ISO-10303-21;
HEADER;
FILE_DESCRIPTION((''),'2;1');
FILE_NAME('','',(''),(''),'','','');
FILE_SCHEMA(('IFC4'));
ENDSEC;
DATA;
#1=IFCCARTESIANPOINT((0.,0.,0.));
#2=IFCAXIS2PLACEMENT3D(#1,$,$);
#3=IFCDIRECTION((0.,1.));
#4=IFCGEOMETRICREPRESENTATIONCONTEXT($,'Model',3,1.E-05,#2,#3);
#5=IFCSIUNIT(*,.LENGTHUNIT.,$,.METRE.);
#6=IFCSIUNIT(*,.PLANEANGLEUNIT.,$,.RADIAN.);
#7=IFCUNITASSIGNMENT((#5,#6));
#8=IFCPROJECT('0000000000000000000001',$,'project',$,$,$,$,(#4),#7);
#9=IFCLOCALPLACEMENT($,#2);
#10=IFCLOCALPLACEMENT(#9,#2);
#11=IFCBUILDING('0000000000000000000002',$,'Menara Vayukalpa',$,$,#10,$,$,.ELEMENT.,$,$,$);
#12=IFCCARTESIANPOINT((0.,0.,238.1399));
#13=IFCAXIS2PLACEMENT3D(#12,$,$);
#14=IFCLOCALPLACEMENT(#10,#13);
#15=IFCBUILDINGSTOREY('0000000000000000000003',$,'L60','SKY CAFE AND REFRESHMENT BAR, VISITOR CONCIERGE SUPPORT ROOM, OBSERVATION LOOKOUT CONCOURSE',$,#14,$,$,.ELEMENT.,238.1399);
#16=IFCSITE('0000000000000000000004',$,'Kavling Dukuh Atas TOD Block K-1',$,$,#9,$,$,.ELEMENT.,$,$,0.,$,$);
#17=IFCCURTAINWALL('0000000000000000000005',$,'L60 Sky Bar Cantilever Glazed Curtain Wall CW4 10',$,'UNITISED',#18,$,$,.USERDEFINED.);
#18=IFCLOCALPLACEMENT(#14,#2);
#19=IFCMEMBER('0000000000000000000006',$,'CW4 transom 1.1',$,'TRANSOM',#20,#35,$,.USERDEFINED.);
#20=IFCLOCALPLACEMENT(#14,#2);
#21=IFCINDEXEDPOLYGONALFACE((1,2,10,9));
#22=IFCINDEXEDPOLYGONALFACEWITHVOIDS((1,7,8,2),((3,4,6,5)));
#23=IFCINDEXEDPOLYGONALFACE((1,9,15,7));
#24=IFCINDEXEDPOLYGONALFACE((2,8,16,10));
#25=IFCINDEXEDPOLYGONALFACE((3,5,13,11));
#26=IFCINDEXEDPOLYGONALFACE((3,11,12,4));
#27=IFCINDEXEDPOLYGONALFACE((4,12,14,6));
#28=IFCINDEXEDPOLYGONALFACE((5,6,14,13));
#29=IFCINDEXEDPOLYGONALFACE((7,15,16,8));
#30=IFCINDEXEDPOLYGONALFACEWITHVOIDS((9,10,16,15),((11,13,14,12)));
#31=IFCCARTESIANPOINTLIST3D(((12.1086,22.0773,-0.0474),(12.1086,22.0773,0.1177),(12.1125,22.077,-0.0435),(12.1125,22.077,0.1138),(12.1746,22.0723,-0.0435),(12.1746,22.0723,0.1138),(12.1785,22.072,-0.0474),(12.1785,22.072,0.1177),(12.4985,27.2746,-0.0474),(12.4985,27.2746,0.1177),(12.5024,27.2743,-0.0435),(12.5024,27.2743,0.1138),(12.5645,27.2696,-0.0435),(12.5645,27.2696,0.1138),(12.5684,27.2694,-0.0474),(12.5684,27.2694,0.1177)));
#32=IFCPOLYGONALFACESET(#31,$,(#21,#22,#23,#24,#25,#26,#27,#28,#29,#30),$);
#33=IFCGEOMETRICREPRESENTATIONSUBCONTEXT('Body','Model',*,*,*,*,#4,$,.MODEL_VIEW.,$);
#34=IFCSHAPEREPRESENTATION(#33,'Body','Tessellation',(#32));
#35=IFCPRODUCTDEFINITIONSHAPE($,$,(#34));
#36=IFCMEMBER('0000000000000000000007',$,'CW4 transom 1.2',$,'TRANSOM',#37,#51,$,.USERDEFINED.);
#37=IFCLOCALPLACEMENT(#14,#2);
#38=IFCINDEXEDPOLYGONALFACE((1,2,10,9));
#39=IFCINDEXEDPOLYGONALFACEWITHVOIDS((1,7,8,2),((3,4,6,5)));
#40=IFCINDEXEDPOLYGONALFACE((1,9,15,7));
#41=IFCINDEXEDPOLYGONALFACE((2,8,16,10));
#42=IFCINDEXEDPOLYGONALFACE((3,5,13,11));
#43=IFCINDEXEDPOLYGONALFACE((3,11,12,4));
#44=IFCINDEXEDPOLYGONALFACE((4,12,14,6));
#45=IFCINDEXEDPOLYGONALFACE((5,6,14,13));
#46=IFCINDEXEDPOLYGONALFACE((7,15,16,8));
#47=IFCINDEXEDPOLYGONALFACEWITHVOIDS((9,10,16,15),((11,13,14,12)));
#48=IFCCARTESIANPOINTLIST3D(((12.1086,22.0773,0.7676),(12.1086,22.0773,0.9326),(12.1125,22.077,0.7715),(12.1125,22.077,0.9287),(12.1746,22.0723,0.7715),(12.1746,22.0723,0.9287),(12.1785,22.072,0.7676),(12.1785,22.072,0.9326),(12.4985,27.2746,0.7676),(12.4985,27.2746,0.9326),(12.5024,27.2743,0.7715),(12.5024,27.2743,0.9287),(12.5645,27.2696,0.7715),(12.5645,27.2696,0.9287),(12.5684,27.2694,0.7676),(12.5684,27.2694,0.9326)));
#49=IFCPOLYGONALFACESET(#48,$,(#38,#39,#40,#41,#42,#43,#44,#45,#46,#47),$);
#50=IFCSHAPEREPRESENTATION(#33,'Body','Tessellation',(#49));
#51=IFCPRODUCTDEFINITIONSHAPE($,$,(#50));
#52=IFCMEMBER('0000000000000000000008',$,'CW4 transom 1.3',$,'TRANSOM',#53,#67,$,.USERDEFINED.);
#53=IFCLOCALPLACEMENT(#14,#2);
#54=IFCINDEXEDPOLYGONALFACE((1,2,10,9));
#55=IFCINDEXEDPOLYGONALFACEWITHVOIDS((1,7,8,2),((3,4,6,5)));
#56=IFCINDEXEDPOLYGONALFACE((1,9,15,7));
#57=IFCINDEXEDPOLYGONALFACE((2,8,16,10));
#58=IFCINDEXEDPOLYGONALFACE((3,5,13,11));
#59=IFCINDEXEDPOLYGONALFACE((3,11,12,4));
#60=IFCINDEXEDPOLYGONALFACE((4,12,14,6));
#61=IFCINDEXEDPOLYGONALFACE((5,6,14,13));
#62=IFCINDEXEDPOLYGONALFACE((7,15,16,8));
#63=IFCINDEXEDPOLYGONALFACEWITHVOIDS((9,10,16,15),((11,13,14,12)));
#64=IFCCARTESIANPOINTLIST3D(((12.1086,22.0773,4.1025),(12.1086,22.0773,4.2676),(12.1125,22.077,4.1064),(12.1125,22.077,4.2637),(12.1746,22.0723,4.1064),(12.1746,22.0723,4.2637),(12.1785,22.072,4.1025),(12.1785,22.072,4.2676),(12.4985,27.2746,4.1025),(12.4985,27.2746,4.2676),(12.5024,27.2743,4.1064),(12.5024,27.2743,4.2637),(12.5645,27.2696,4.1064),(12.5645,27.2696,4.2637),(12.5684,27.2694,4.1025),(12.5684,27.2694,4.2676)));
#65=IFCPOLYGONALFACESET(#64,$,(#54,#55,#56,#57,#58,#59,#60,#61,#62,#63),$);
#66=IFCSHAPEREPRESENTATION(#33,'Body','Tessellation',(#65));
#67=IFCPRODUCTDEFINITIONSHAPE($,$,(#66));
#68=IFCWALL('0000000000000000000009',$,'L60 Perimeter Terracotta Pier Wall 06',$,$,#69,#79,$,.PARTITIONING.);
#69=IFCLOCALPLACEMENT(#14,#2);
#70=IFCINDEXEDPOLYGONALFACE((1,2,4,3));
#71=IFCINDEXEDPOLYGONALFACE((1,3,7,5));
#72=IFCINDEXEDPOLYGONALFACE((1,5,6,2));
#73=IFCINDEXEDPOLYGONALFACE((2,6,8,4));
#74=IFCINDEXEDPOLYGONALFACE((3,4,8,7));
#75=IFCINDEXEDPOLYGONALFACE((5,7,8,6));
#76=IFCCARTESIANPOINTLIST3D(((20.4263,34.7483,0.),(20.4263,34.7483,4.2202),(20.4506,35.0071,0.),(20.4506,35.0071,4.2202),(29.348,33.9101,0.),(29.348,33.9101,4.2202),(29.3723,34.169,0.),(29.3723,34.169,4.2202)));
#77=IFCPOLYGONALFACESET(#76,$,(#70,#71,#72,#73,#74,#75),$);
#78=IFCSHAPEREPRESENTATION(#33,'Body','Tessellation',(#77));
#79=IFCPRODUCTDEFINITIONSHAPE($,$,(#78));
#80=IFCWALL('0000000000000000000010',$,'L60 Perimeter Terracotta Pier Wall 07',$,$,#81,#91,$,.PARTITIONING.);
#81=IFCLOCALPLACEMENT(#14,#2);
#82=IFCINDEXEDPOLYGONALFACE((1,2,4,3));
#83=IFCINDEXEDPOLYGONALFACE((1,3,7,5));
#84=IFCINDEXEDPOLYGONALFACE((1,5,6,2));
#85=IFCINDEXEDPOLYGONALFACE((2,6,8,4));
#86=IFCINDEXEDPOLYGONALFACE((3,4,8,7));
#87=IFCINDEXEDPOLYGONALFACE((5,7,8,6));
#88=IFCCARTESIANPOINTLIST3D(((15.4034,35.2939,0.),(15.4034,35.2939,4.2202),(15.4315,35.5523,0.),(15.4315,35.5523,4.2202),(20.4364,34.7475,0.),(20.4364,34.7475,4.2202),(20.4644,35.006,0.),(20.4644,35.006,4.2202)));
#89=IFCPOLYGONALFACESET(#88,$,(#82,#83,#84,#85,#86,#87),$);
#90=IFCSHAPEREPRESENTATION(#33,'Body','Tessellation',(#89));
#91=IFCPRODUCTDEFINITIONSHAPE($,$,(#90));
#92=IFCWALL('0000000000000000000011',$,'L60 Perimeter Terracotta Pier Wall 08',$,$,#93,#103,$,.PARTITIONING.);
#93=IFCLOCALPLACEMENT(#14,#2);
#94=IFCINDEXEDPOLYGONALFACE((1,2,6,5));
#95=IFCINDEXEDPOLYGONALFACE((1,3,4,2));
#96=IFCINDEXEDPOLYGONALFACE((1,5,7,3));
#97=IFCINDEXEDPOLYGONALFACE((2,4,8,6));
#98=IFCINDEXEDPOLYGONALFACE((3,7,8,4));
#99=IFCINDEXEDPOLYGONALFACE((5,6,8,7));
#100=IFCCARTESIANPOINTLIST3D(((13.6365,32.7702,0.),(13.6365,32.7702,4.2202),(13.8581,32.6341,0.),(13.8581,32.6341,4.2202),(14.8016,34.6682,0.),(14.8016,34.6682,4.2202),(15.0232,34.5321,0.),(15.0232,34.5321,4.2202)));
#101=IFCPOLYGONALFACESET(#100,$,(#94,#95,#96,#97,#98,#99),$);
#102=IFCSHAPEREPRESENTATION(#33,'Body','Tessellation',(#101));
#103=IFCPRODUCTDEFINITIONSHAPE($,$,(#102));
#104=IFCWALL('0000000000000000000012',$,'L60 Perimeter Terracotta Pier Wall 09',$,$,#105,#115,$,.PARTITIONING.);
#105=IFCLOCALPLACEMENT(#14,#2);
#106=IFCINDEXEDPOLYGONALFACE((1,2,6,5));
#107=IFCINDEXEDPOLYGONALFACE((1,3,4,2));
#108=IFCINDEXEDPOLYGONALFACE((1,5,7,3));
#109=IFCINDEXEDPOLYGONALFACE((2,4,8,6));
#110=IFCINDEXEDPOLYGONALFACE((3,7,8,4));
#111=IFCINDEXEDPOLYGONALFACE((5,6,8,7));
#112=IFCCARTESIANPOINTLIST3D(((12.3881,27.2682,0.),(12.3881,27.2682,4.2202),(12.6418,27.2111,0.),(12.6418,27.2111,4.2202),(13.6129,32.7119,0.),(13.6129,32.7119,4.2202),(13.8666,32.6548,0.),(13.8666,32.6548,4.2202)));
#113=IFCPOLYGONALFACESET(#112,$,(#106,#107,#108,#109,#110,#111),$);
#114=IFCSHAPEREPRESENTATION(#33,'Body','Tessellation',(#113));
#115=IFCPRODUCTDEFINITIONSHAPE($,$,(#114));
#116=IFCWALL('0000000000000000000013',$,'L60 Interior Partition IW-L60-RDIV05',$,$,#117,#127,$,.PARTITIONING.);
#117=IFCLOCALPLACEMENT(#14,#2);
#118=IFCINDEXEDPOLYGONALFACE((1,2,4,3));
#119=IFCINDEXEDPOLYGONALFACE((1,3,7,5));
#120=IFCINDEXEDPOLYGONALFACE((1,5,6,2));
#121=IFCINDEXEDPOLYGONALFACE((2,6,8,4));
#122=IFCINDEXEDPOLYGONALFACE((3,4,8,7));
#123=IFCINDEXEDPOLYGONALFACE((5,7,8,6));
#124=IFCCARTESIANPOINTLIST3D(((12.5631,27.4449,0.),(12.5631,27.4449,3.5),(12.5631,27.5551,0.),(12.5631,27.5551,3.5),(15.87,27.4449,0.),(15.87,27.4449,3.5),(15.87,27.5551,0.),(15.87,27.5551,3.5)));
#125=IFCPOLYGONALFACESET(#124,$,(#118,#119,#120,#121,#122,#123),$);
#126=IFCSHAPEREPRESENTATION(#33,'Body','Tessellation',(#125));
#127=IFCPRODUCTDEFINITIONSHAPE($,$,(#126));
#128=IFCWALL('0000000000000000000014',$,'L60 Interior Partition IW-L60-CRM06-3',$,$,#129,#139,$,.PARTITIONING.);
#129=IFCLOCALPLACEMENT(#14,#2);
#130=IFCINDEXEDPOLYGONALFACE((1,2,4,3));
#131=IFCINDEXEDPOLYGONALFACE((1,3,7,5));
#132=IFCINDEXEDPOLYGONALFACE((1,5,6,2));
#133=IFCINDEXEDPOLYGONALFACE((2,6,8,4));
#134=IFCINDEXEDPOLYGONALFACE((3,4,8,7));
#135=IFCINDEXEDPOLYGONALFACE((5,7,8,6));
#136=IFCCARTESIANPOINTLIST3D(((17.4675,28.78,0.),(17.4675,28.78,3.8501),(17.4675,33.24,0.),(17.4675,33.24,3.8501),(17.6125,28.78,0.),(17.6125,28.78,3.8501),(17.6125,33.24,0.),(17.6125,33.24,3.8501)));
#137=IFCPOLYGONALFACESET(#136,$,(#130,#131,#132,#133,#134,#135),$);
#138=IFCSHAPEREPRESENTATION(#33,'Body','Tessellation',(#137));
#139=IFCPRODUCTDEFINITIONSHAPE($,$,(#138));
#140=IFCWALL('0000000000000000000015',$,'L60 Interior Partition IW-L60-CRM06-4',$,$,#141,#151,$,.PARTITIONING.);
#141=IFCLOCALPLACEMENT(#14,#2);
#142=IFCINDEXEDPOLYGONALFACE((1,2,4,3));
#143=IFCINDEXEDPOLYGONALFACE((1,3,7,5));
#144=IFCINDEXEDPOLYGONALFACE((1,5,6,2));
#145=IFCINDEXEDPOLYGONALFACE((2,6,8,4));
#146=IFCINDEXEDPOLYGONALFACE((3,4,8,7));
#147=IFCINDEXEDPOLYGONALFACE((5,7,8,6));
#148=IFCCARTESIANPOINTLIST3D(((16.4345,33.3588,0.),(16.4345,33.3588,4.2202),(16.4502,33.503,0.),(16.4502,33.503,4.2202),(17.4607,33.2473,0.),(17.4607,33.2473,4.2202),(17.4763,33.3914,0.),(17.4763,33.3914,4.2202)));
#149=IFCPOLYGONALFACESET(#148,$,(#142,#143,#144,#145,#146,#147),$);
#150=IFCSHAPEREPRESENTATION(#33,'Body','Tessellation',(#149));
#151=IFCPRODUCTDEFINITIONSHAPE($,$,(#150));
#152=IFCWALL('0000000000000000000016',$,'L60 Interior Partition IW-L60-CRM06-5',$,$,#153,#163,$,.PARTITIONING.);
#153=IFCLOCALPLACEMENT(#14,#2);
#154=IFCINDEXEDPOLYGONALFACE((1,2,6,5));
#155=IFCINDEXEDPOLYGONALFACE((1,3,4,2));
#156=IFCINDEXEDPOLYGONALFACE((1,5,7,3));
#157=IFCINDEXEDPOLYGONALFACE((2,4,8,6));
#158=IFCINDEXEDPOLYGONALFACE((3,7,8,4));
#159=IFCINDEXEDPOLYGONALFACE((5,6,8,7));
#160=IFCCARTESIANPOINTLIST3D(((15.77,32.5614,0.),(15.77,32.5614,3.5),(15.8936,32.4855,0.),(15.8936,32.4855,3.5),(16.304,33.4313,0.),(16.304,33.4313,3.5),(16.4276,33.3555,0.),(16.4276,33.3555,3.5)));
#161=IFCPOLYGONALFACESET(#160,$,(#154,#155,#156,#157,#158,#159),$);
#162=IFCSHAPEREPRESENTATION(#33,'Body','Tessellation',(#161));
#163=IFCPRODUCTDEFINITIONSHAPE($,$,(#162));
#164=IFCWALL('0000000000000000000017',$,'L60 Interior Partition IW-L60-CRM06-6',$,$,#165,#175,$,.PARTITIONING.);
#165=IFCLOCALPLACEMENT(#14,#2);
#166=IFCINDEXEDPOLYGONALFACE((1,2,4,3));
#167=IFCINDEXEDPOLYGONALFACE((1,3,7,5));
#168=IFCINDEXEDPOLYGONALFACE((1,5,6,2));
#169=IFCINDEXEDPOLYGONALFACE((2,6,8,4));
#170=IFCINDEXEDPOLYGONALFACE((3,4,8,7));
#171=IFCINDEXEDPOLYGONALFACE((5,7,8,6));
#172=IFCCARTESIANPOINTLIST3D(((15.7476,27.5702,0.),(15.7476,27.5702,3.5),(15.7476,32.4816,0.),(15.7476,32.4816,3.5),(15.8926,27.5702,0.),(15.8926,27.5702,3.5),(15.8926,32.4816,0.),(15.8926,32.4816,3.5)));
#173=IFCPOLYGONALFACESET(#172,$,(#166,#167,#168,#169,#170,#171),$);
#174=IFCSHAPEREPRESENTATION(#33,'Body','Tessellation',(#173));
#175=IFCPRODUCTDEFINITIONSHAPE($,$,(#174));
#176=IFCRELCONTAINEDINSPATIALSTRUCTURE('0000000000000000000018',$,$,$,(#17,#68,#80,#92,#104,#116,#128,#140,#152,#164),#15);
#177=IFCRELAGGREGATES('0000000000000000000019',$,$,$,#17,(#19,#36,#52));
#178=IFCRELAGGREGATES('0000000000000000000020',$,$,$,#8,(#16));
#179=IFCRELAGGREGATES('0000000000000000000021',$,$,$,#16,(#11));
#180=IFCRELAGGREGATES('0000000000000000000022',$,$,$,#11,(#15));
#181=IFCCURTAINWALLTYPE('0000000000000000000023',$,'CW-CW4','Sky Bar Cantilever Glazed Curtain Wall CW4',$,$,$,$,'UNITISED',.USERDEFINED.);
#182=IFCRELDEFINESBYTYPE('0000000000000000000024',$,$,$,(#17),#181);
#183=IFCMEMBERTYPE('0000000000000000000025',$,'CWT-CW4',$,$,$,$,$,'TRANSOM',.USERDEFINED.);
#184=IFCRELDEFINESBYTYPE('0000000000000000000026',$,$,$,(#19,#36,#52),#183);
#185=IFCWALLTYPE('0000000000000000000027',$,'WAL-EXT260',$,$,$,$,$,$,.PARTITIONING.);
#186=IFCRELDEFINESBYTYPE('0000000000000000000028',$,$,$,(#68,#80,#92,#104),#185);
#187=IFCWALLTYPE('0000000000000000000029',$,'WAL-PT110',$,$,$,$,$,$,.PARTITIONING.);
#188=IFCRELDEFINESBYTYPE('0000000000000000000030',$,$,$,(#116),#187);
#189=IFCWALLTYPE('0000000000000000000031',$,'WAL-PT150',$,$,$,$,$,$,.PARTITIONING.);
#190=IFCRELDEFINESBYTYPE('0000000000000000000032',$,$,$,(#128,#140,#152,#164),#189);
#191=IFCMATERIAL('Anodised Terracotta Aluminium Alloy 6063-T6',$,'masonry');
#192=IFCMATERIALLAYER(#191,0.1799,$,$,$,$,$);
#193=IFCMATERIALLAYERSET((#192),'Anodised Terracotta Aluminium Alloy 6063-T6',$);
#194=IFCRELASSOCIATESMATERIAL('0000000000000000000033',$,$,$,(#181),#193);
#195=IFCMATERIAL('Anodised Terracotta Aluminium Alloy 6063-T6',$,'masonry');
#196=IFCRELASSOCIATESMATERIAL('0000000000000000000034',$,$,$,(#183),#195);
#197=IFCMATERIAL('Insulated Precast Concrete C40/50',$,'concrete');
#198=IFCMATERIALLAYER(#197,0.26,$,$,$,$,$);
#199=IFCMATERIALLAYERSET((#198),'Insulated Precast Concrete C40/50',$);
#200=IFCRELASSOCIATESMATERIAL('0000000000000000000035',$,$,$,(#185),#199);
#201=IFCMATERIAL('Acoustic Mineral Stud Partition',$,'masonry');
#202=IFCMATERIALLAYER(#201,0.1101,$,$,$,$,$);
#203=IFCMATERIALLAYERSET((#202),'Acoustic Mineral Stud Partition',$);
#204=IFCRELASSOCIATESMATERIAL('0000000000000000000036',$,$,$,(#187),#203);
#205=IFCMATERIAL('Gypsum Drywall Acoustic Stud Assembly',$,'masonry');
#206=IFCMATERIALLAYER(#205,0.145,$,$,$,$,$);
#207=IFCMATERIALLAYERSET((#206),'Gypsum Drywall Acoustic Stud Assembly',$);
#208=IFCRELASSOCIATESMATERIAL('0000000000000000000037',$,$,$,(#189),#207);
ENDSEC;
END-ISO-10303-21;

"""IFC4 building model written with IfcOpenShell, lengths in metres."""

from ifc_helpers import new_model, si_unit, direction, frame, frame_2d, origin, origin_2d, place, context, subcontext, project, spatial, rectangle, hollow_rectangle, extrude, material, layer, layer_set, material_profile, profile_set, type_object, element, aggregate, save


model = new_model("IFC4")

# Units and contexts
model_context = context("Model", 3, precision=1e-05, world=origin(), true_north=direction((0.0, 1.0)))
body_context = subcontext(model_context, "Body", "Model", "MODEL_VIEW")
ifc_project = project(units=[si_unit("LENGTHUNIT", "METRE"), si_unit("PLANEANGLEUNIT", "RADIAN")], contexts=[model_context])

# Site, building, storey
site_placement = place(None, origin())
site = spatial("IfcSite", under=ifc_project, at=site_placement, Name="Kavling Dukuh Atas TOD Block K-1", CompositionType="ELEMENT", RefElevation=0.0)
building_placement = place(site_placement, origin())
building = spatial("IfcBuilding", under=site, at=building_placement, Name="Menara Vayukalpa", CompositionType="ELEMENT")
storey_placement = place(building_placement, frame((0.0, 0.0, 238.1399)))
storey = spatial("IfcBuildingStorey", under=building, at=storey_placement, Name="L60", Description="SKY CAFE AND REFRESHMENT BAR, VISITOR CONCIERGE SUPPORT ROOM, OBSERVATION LOOKOUT CONCOURSE", CompositionType="ELEMENT", Elevation=238.1399)

# Curtain wall, members
ifc_material_1 = material(Name="Anodised Terracotta Aluminium Alloy 6063-T6", Category="masonry")
ifc_layer_1 = layer(ifc_material_1, 0.1799)
ifc_layer_set_1 = layer_set([ifc_layer_1], Name="Anodised Terracotta Aluminium Alloy 6063-T6")
curtain_wall_type = type_object("IfcCurtainWallType", Name="CW-CW4", Description="Sky Bar Cantilever Glazed Curtain Wall CW4", ElementType="UNITISED", PredefinedType="USERDEFINED", material=ifc_layer_set_1)
curtain_wall_placement = place(storey_placement, origin())
curtain_wall = element("IfcCurtainWall", 1, at=curtain_wall_placement, inside=storey, type_object=curtain_wall_type, Name="L60 Sky Bar Cantilever Glazed Curtain Wall CW4 10", ObjectType="UNITISED", PredefinedType="USERDEFINED")
ifc_material_2 = material(Name="Anodised Terracotta Aluminium Alloy 6063-T6", Category="masonry")
ifc_material_profile_1 = material_profile(ifc_material_2, hollow_rectangle(XDim=0.0701, YDim=0.165, WallThickness=0.0039, at=origin_2d()), Name="ALU 70x165x4")
ifc_profile_set_1 = profile_set([ifc_material_profile_1], Name="Anodised Terracotta Aluminium Alloy 6063-T6")
member_type_1 = type_object("IfcMemberType", Name="CWT-CW4", ElementType="TRANSOM", PredefinedType="USERDEFINED", material=ifc_profile_set_1)
member_1_placement = place(storey_placement, frame((12.5334, 27.272, 0.0352), z_axis=(-0.074809, -0.997198, 0.0), x_axis=(0.997198, -0.074809, 0.0)))
member_1 = element("IfcMember", 2, at=member_1_placement, type_object=member_type_1, Name="CW4 transom 1.1", ObjectType="TRANSOM", PredefinedType="USERDEFINED", context=body_context, shape_type="SweptSolid", body=[
    extrude(hollow_rectangle(XDim=0.0701, YDim=0.165, WallThickness=0.0039, at=origin_2d()), origin(), (0.0, 0.0, 1.0), 5.2119),
])
member_2_placement = place(storey_placement, frame((12.5334, 27.272, 0.8501), z_axis=(-0.074809, -0.997198, 0.0), x_axis=(0.997198, -0.074809, 0.0)))
member_2 = element("IfcMember", 3, at=member_2_placement, type_object=member_type_1, Name="CW4 transom 1.2", ObjectType="TRANSOM", PredefinedType="USERDEFINED", context=body_context, shape_type="SweptSolid", body=[
    extrude(hollow_rectangle(XDim=0.0701, YDim=0.165, WallThickness=0.0039, at=origin_2d()), origin(), (0.0, 0.0, 1.0), 5.2119),
])
member_3_placement = place(storey_placement, frame((12.5334, 27.272, 4.1851), z_axis=(-0.074809, -0.997198, 0.0), x_axis=(0.997198, -0.074809, 0.0)))
member_3 = element("IfcMember", 4, at=member_3_placement, type_object=member_type_1, Name="CW4 transom 1.3", ObjectType="TRANSOM", PredefinedType="USERDEFINED", context=body_context, shape_type="SweptSolid", body=[
    extrude(hollow_rectangle(XDim=0.0701, YDim=0.165, WallThickness=0.0039, at=origin_2d()), origin(), (0.0, 0.0, 1.0), 5.2119),
])
aggregate(curtain_wall, [member_1, member_2, member_3])

# Walls
ifc_material_3 = material(Name="Insulated Precast Concrete C40/50", Category="concrete")
ifc_layer_2 = layer(ifc_material_3, 0.26)
ifc_layer_set_2 = layer_set([ifc_layer_2], Name="Insulated Precast Concrete C40/50")
wall_type_1 = type_object("IfcWallType", Name="WAL-EXT260", PredefinedType="PARTITIONING", material=ifc_layer_set_2)
wall_1_placement = place(storey_placement, frame((20.4385, 34.8777, 0.0), z_axis=(0.0, 0.0, 1.0), x_axis=(0.995616, -0.093532, 0.0)))
element("IfcWall", 5, at=wall_1_placement, inside=storey, type_object=wall_type_1, Name="L60 Perimeter Terracotta Pier Wall 06", PredefinedType="PARTITIONING", context=body_context, shape_type="SweptSolid", body=[
    extrude(rectangle(XDim=8.9609, YDim=0.26, at=frame_2d((4.4805, 0.0))), origin(), (0.0, 0.0, 1.0), 4.2202),
])
wall_2_placement = place(storey_placement, frame((15.4175, 35.4231, 0.0), z_axis=(0.0, 0.0, 1.0), x_axis=(0.994159, -0.107928, 0.0)))
element("IfcWall", 6, at=wall_2_placement, inside=storey, type_object=wall_type_1, Name="L60 Perimeter Terracotta Pier Wall 07", PredefinedType="PARTITIONING", context=body_context, shape_type="SweptSolid", body=[
    extrude(rectangle(XDim=5.0625, YDim=0.26, at=frame_2d((2.5312, 0.0))), origin(), (0.0, 0.0, 1.0), 4.2202),
])
wall_3_placement = place(storey_placement, frame((13.7473, 32.7021, 0.0), z_axis=(0.0, 0.0, 1.0), x_axis=(0.523143, 0.852245, 0.0)))
element("IfcWall", 7, at=wall_3_placement, inside=storey, type_object=wall_type_1, Name="L60 Perimeter Terracotta Pier Wall 08", PredefinedType="PARTITIONING", context=body_context, shape_type="SweptSolid", body=[
    extrude(rectangle(XDim=2.2271, YDim=0.26, at=frame_2d((1.1135, 0.0))), origin(), (0.0, 0.0, 1.0), 4.2202),
])
wall_4_placement = place(storey_placement, frame((12.5149, 27.2395, 0.0), z_axis=(0.0, 0.0, 1.0), x_axis=(0.21951, 0.97561, 0.0)))
element("IfcWall", 8, at=wall_4_placement, inside=storey, type_object=wall_type_1, Name="L60 Perimeter Terracotta Pier Wall 09", PredefinedType="PARTITIONING", context=body_context, shape_type="SweptSolid", body=[
    extrude(rectangle(XDim=5.5798, YDim=0.26, at=frame_2d((2.79, 0.0))), origin(), (0.0, 0.0, 1.0), 4.2202),
])
ifc_material_4 = material(Name="Acoustic Mineral Stud Partition", Category="masonry")
ifc_layer_3 = layer(ifc_material_4, 0.1101)
ifc_layer_set_3 = layer_set([ifc_layer_3], Name="Acoustic Mineral Stud Partition")
wall_type_2 = type_object("IfcWallType", Name="WAL-PT110", PredefinedType="PARTITIONING", material=ifc_layer_set_3)
wall_5_placement = place(storey_placement, frame((12.5632, 27.5, 0.0), z_axis=(0.0, 0.0, 1.0), x_axis=(1.0, 0.0, 0.0)))
element("IfcWall", 9, at=wall_5_placement, inside=storey, type_object=wall_type_2, Name="L60 Interior Partition IW-L60-RDIV05", PredefinedType="PARTITIONING", context=body_context, shape_type="SweptSolid", body=[
    extrude(rectangle(XDim=3.3069, YDim=0.1101, at=frame_2d((1.6533, 0.0))), origin(), (0.0, 0.0, 1.0), 3.5),
])
ifc_material_5 = material(Name="Gypsum Drywall Acoustic Stud Assembly", Category="masonry")
ifc_layer_4 = layer(ifc_material_5, 0.145)
ifc_layer_set_4 = layer_set([ifc_layer_4], Name="Gypsum Drywall Acoustic Stud Assembly")
wall_type_3 = type_object("IfcWallType", Name="WAL-PT150", PredefinedType="PARTITIONING", material=ifc_layer_set_4)
wall_6_placement = place(storey_placement, frame((17.54, 28.78, 0.0), z_axis=(0.0, 0.0, 1.0), x_axis=(0.0, 1.0, 0.0)))
element("IfcWall", 10, at=wall_6_placement, inside=storey, type_object=wall_type_3, Name="L60 Interior Partition IW-L60-CRM06-3", PredefinedType="PARTITIONING", context=body_context, shape_type="SweptSolid", body=[
    extrude(rectangle(XDim=4.46, YDim=0.145, at=frame_2d((2.23, 0.0))), origin(), (0.0, 0.0, 1.0), 3.8501),
])
wall_7_placement = place(storey_placement, frame((17.4685, 33.3193, 0.0), z_axis=(0.0, 0.0, 1.0), x_axis=(-0.994141, 0.108095, 0.0)))
element("IfcWall", 11, at=wall_7_placement, inside=storey, type_object=wall_type_3, Name="L60 Interior Partition IW-L60-CRM06-4", PredefinedType="PARTITIONING", context=body_context, shape_type="SweptSolid", body=[
    extrude(rectangle(XDim=1.0322, YDim=0.145, at=frame_2d((0.5161, 0.0))), origin(), (0.0, 0.0, 1.0), 4.2202),
])
wall_8_placement = place(storey_placement, frame((16.3657, 33.3933, 0.0), z_axis=(0.0, 0.0, 1.0), x_axis=(-0.523123, -0.852257, 0.0)))
element("IfcWall", 12, at=wall_8_placement, inside=storey, type_object=wall_type_3, Name="L60 Interior Partition IW-L60-CRM06-5", PredefinedType="PARTITIONING", context=body_context, shape_type="SweptSolid", body=[
    extrude(rectangle(XDim=1.0208, YDim=0.145, at=frame_2d((0.5103, 0.0))), origin(), (0.0, 0.0, 1.0), 3.5),
])
wall_9_placement = place(storey_placement, frame((15.8201, 32.4814, 0.0), z_axis=(0.0, 0.0, 1.0), x_axis=(0.0, -1.0, 0.0)))
element("IfcWall", 13, at=wall_9_placement, inside=storey, type_object=wall_type_3, Name="L60 Interior Partition IW-L60-CRM06-6", PredefinedType="PARTITIONING", context=body_context, shape_type="SweptSolid", body=[
    extrude(rectangle(XDim=4.9114, YDim=0.145, at=frame_2d((2.4556, 0.0))), origin(), (0.0, 0.0, 1.0), 3.5),
])

save(model, "model.ifc")
